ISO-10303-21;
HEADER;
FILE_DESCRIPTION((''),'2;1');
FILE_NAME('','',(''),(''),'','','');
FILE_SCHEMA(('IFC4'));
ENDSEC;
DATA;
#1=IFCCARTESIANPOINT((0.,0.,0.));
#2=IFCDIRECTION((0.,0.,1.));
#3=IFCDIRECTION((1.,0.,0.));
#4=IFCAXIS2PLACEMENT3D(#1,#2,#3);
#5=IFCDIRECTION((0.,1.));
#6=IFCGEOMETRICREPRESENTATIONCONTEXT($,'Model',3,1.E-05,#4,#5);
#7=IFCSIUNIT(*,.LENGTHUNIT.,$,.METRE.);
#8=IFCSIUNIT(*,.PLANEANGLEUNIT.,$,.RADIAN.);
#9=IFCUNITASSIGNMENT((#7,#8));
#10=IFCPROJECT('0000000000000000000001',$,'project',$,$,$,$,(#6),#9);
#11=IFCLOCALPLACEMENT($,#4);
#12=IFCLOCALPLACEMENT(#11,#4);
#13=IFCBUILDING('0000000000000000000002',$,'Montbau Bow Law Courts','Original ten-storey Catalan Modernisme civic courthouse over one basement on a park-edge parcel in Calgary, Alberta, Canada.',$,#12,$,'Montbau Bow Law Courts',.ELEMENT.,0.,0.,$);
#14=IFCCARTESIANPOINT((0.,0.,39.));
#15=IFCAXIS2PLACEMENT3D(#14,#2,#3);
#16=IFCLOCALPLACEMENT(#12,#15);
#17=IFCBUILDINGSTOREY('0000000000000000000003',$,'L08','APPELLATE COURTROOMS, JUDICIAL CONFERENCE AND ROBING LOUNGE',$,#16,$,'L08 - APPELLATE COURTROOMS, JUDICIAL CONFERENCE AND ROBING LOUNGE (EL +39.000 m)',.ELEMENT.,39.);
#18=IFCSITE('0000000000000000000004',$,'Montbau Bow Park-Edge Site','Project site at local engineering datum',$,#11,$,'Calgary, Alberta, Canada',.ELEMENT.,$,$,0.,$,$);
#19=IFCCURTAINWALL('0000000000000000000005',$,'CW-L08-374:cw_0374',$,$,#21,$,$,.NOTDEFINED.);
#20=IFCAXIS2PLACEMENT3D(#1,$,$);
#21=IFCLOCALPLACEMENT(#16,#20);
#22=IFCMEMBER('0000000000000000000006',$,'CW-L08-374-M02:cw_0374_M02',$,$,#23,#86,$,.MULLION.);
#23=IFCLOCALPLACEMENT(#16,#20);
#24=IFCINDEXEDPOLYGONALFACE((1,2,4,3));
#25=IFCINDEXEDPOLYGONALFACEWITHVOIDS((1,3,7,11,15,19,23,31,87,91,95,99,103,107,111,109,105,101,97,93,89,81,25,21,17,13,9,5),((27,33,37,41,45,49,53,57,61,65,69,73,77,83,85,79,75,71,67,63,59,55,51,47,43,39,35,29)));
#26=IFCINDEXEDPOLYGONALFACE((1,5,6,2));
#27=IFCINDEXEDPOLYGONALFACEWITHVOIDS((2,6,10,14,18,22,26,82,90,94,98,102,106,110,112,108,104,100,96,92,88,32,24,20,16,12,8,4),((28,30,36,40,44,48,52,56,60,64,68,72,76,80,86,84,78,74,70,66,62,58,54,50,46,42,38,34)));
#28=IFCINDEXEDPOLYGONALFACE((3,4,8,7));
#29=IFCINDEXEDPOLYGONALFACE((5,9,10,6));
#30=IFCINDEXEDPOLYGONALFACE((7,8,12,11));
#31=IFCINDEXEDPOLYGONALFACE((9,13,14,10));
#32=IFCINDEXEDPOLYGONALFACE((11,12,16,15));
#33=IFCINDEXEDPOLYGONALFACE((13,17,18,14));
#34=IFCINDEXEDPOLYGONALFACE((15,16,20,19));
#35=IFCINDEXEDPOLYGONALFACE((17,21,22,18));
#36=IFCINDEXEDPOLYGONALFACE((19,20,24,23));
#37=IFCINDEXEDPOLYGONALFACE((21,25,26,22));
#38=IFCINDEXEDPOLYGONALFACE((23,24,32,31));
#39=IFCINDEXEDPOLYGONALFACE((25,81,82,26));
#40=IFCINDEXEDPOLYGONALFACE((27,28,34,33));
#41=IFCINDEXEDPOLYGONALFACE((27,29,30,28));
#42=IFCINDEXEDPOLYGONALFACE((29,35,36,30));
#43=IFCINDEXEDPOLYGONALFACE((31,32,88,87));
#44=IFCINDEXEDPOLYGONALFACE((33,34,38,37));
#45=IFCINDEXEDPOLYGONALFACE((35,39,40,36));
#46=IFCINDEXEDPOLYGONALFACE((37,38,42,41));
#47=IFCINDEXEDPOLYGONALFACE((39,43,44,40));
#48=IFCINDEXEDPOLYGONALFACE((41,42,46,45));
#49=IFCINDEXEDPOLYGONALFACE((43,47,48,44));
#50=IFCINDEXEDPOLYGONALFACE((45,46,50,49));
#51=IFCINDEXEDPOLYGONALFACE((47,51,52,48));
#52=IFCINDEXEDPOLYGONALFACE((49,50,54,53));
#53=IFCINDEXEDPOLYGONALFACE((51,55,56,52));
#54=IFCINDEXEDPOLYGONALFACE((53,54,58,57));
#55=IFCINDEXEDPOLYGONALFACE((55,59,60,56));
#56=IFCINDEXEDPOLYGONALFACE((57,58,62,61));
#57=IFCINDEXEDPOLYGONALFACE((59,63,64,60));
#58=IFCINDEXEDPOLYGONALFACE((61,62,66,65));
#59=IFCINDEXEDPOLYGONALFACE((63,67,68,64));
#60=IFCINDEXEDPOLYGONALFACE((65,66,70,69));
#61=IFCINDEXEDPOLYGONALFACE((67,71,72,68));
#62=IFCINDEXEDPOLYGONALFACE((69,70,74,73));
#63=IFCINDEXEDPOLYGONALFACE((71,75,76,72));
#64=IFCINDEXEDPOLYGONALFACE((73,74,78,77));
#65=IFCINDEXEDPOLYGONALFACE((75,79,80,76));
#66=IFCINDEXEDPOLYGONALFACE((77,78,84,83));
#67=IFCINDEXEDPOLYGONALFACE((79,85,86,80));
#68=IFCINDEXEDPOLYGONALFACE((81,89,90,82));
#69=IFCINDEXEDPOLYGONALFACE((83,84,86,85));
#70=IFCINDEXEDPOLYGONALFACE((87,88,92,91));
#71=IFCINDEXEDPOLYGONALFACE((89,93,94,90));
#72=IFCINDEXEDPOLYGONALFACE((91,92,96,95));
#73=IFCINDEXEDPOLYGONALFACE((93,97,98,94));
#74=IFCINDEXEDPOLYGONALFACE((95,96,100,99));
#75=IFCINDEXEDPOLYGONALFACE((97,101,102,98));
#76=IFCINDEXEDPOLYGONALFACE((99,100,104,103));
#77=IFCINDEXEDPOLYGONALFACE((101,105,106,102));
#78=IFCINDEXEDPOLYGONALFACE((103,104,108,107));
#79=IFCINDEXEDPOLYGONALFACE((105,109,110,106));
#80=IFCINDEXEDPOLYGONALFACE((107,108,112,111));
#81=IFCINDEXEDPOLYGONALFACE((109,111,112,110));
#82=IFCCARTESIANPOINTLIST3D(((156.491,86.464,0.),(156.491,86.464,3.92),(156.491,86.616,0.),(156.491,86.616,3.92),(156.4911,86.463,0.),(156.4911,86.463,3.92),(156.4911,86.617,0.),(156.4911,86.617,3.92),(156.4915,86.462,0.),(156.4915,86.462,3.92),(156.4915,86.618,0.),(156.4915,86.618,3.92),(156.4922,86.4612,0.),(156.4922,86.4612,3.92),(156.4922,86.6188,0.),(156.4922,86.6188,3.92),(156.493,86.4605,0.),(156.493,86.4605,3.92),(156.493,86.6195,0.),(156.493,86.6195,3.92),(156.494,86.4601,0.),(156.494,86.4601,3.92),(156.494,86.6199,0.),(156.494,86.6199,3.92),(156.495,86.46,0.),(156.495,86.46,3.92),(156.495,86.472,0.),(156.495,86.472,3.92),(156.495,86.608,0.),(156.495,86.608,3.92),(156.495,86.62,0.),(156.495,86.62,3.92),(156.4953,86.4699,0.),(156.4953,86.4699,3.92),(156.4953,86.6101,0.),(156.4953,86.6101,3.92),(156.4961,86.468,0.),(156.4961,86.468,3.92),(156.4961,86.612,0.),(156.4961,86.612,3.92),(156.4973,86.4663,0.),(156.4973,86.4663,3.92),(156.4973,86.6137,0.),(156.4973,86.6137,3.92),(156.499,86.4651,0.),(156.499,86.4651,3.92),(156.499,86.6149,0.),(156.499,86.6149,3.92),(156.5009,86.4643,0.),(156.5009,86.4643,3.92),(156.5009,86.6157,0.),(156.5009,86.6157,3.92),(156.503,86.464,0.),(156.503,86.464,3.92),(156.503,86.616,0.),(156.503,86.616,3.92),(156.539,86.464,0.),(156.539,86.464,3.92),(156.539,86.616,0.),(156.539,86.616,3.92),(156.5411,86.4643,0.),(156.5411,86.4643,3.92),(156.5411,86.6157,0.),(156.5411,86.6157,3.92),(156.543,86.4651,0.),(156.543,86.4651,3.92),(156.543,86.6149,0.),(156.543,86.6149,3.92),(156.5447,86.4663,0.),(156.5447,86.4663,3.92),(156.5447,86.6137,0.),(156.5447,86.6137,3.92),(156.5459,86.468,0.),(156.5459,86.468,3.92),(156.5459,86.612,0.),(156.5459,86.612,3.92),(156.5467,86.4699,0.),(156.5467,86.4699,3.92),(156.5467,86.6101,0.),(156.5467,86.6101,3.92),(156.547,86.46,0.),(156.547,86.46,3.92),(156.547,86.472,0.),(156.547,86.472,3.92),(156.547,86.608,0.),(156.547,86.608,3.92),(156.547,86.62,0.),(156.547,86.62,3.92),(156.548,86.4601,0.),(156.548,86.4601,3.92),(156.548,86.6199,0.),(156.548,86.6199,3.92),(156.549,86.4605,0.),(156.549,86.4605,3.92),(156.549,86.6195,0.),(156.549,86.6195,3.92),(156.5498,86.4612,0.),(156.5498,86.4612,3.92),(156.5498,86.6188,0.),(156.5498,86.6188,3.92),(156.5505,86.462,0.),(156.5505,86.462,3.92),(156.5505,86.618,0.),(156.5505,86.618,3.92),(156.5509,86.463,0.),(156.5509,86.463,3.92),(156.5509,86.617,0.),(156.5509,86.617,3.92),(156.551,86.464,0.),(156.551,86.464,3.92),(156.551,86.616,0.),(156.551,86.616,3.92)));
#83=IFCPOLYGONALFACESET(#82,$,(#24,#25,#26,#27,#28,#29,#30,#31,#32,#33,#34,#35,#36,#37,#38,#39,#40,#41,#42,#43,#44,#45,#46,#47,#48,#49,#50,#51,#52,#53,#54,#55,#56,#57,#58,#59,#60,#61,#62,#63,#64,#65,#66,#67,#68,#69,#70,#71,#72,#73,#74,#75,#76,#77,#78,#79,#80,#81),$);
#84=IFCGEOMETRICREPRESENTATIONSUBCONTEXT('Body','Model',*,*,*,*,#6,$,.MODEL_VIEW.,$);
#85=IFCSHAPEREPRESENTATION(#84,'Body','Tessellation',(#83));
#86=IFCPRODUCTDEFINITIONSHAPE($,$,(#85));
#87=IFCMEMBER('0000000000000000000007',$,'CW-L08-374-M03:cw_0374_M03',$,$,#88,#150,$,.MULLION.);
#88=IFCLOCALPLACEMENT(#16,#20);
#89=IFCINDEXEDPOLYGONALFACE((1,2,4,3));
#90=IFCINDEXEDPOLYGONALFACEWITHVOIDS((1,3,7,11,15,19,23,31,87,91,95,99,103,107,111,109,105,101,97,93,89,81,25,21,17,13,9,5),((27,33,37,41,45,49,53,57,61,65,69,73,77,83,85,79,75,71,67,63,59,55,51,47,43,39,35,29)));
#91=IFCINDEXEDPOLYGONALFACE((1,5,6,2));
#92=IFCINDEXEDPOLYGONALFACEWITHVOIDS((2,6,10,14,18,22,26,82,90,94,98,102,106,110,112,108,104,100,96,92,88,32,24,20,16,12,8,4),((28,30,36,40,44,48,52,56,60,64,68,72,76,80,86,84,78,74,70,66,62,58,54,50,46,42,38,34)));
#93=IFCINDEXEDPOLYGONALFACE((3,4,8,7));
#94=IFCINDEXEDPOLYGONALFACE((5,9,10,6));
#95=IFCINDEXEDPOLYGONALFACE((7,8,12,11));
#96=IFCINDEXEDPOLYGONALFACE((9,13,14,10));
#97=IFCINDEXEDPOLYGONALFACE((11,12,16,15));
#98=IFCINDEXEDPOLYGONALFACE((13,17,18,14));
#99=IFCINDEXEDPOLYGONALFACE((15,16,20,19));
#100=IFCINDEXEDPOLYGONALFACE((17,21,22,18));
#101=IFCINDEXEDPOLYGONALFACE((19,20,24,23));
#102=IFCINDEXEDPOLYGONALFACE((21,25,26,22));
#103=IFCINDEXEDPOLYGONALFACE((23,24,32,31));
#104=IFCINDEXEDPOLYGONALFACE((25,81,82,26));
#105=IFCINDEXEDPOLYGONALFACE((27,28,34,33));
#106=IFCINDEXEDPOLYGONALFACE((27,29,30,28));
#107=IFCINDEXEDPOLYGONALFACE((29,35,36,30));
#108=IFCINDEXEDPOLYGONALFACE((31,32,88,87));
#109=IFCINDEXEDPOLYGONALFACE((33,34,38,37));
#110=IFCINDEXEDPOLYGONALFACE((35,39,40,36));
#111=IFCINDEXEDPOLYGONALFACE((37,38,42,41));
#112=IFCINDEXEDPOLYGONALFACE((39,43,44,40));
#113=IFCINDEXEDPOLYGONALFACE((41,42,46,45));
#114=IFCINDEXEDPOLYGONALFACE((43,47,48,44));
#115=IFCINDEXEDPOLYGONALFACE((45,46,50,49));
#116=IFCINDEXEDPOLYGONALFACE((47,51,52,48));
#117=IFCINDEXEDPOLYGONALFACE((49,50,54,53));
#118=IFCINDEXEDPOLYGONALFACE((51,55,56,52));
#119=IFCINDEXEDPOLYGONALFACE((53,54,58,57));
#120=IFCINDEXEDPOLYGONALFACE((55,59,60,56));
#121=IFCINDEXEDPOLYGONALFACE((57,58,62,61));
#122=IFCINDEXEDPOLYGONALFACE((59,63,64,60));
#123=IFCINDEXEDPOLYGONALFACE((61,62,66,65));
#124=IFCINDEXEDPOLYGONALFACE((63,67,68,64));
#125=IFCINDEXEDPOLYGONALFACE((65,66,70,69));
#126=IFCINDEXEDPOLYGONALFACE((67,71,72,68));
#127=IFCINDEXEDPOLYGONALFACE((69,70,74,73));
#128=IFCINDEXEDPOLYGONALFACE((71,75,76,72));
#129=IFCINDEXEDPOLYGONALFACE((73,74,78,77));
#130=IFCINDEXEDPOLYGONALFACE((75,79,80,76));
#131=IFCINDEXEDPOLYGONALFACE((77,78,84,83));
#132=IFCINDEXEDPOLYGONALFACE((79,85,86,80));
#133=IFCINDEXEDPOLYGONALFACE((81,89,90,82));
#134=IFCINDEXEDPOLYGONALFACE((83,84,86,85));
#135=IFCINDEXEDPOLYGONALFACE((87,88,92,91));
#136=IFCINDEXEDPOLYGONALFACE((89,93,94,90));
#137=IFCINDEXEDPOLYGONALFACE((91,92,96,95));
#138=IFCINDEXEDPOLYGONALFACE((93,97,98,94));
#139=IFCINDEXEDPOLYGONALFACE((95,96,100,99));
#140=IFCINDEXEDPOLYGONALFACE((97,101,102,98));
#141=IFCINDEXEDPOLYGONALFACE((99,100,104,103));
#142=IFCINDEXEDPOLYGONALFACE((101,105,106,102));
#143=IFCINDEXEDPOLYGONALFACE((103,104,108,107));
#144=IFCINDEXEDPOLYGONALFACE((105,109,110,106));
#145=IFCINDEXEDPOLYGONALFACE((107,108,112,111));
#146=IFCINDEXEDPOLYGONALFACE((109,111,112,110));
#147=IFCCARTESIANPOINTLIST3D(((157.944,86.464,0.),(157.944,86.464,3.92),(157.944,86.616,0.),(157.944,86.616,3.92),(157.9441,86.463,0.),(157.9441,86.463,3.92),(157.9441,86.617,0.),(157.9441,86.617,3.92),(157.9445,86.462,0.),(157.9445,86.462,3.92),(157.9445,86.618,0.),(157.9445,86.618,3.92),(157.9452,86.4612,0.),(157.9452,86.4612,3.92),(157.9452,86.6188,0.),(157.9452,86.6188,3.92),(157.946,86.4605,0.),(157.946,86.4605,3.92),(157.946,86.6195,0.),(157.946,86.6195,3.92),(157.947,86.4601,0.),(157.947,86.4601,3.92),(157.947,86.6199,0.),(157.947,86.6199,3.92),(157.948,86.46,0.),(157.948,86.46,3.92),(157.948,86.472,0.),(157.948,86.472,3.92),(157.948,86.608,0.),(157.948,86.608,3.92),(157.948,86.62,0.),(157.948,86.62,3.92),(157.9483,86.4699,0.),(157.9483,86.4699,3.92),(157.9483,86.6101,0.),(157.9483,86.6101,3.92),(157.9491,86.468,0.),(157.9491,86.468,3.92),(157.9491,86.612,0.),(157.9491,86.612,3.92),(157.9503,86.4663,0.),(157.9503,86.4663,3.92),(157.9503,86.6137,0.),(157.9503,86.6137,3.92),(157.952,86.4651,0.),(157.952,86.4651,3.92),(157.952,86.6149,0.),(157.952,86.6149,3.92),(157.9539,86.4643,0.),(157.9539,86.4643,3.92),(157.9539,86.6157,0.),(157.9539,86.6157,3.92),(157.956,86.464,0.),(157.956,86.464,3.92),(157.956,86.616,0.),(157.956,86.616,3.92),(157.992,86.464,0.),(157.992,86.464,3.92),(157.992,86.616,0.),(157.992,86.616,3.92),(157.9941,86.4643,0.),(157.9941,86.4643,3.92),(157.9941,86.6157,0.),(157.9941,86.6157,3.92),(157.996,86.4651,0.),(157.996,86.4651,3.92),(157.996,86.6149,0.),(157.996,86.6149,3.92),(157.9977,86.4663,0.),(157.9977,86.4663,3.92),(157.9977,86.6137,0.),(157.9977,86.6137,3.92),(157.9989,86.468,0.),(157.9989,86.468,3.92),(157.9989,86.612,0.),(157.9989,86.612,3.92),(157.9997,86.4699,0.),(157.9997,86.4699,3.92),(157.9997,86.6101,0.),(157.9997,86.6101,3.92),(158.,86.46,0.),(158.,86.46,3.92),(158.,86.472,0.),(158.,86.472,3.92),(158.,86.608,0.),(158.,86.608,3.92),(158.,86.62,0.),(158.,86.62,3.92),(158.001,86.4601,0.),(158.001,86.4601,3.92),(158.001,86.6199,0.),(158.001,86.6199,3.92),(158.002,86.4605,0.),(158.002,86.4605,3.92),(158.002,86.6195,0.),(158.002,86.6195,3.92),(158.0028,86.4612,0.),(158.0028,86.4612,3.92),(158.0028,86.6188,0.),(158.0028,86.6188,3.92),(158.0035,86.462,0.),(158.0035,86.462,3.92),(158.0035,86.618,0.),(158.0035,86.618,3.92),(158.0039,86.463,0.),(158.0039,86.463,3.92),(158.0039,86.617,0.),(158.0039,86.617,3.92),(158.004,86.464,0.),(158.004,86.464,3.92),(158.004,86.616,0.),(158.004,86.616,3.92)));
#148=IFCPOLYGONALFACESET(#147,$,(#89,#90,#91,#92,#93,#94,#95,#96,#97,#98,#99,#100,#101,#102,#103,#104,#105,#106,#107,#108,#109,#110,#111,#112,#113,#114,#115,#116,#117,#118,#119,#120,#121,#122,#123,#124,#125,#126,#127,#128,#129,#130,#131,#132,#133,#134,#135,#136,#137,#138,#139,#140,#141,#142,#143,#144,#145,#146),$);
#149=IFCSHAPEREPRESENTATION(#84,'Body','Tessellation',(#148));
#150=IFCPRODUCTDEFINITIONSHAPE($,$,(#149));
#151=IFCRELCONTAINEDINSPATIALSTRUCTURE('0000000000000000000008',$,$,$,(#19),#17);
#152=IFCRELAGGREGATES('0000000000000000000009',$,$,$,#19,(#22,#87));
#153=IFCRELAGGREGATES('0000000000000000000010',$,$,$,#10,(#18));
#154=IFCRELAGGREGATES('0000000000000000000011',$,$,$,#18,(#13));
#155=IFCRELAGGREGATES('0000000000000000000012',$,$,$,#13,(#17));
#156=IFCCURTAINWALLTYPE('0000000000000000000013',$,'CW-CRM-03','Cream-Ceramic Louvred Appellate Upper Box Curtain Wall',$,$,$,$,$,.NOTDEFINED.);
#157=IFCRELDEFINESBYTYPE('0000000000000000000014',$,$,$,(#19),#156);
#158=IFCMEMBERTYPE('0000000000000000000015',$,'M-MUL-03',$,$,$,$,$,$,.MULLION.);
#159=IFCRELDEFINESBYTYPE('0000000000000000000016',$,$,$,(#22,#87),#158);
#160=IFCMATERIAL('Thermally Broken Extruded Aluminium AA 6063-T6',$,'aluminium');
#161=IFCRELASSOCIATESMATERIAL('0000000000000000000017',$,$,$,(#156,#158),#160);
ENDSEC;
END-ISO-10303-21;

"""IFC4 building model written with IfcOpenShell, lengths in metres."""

from ifc_helpers import new_model, si_unit, direction, frame, origin_with_axes, origin_2d_with_axis, place, context, subcontext, project, spatial, hollow_rectangle, extrude, material, material_profile, profile_set, type_object, element, aggregate, save


model = new_model("IFC4")

# Units and contexts
model_context = context("Model", 3, precision=1e-05, world=origin_with_axes(), true_north=direction((0.0, 1.0)))
body_context = subcontext(model_context, "Body", "Model", "MODEL_VIEW")
ifc_project = project(units=[si_unit("LENGTHUNIT", "METRE"), si_unit("PLANEANGLEUNIT", "RADIAN")], contexts=[model_context])

# Site, building, storey
site_placement = place(None, origin_with_axes())
site = spatial("IfcSite", under=ifc_project, at=site_placement, Name="Montbau Bow Park-Edge Site", Description="Project site at local engineering datum", LongName="Calgary, Alberta, Canada", CompositionType="ELEMENT", RefElevation=0.0)
building_placement = place(site_placement, origin_with_axes())
building = spatial("IfcBuilding", under=site, at=building_placement, Name="Montbau Bow Law Courts", Description="Original ten-storey Catalan Modernisme civic courthouse over one basement on a park-edge parcel in Calgary, Alberta, Canada.", LongName="Montbau Bow Law Courts", CompositionType="ELEMENT", ElevationOfRefHeight=0.0, ElevationOfTerrain=0.0)
storey_placement = place(building_placement, frame((0.0, 0.0, 39.0), z_axis=(0.0, 0.0, 1.0), x_axis=(1.0, 0.0, 0.0)))
storey = spatial("IfcBuildingStorey", under=building, at=storey_placement, Name="L08", Description="APPELLATE COURTROOMS, JUDICIAL CONFERENCE AND ROBING LOUNGE", LongName="L08 - APPELLATE COURTROOMS, JUDICIAL CONFERENCE AND ROBING LOUNGE (EL +39.000 m)", CompositionType="ELEMENT", Elevation=39.0)

# Curtain wall, members
ifc_material_1 = material(Name="Thermally Broken Extruded Aluminium AA 6063-T6", Category="aluminium")
curtain_wall_type = type_object("IfcCurtainWallType", Name="CW-CRM-03", Description="Cream-Ceramic Louvred Appellate Upper Box Curtain Wall", PredefinedType="NOTDEFINED", material=ifc_material_1)
curtain_wall_placement = place(None, frame((155.068, 86.54, 39.0), z_axis=(0.0, 0.0, 1.0), x_axis=(1.0, 0.0, 0.0)))
curtain_wall = element("IfcCurtainWall", 1, at=curtain_wall_placement, inside=storey, type_object=curtain_wall_type, Name="CW-L08-374:cw_0374", PredefinedType="NOTDEFINED")
ifc_material_profile_1 = material_profile(ifc_material_1, hollow_rectangle(XDim=0.06, YDim=0.16, WallThickness=0.004, InnerFilletRadius=0.008, OuterFilletRadius=0.004, at=origin_2d_with_axis()), Name="CWM-160X60", Category="Main", Priority=0)
ifc_profile_set_1 = profile_set([ifc_material_profile_1], Name="Thermally Broken Extruded Aluminium AA 6063-T6")
member_type_1 = type_object("IfcMemberType", Name="M-MUL-03", PredefinedType="MULLION", material=ifc_profile_set_1)
member_1_placement = place(None, frame((156.521, 86.54, 39.0), z_axis=(0.0, 0.0, 1.0), x_axis=(1.0, 0.0, 0.0)))
member_1 = element("IfcMember", 2, at=member_1_placement, type_object=member_type_1, Name="CW-L08-374-M02:cw_0374_M02", PredefinedType="MULLION", context=body_context, shape_type="SweptSolid", body=[
    extrude(hollow_rectangle(XDim=0.06, YDim=0.16, WallThickness=0.004, InnerFilletRadius=0.008, OuterFilletRadius=0.004, at=origin_2d_with_axis()), origin_with_axes(), (0.0, 0.0, 1.0), 3.92),
])
member_2_placement = place(None, frame((157.974, 86.54, 39.0), z_axis=(0.0, 0.0, 1.0), x_axis=(1.0, 0.0, 0.0)))
member_2 = element("IfcMember", 3, at=member_2_placement, type_object=member_type_1, Name="CW-L08-374-M03:cw_0374_M03", PredefinedType="MULLION", context=body_context, shape_type="SweptSolid", body=[
    extrude(hollow_rectangle(XDim=0.06, YDim=0.16, WallThickness=0.004, InnerFilletRadius=0.008, OuterFilletRadius=0.004, at=origin_2d_with_axis()), origin_with_axes(), (0.0, 0.0, 1.0), 3.92),
])
aggregate(curtain_wall, [member_1, member_2])

save(model, "model.ifc")
